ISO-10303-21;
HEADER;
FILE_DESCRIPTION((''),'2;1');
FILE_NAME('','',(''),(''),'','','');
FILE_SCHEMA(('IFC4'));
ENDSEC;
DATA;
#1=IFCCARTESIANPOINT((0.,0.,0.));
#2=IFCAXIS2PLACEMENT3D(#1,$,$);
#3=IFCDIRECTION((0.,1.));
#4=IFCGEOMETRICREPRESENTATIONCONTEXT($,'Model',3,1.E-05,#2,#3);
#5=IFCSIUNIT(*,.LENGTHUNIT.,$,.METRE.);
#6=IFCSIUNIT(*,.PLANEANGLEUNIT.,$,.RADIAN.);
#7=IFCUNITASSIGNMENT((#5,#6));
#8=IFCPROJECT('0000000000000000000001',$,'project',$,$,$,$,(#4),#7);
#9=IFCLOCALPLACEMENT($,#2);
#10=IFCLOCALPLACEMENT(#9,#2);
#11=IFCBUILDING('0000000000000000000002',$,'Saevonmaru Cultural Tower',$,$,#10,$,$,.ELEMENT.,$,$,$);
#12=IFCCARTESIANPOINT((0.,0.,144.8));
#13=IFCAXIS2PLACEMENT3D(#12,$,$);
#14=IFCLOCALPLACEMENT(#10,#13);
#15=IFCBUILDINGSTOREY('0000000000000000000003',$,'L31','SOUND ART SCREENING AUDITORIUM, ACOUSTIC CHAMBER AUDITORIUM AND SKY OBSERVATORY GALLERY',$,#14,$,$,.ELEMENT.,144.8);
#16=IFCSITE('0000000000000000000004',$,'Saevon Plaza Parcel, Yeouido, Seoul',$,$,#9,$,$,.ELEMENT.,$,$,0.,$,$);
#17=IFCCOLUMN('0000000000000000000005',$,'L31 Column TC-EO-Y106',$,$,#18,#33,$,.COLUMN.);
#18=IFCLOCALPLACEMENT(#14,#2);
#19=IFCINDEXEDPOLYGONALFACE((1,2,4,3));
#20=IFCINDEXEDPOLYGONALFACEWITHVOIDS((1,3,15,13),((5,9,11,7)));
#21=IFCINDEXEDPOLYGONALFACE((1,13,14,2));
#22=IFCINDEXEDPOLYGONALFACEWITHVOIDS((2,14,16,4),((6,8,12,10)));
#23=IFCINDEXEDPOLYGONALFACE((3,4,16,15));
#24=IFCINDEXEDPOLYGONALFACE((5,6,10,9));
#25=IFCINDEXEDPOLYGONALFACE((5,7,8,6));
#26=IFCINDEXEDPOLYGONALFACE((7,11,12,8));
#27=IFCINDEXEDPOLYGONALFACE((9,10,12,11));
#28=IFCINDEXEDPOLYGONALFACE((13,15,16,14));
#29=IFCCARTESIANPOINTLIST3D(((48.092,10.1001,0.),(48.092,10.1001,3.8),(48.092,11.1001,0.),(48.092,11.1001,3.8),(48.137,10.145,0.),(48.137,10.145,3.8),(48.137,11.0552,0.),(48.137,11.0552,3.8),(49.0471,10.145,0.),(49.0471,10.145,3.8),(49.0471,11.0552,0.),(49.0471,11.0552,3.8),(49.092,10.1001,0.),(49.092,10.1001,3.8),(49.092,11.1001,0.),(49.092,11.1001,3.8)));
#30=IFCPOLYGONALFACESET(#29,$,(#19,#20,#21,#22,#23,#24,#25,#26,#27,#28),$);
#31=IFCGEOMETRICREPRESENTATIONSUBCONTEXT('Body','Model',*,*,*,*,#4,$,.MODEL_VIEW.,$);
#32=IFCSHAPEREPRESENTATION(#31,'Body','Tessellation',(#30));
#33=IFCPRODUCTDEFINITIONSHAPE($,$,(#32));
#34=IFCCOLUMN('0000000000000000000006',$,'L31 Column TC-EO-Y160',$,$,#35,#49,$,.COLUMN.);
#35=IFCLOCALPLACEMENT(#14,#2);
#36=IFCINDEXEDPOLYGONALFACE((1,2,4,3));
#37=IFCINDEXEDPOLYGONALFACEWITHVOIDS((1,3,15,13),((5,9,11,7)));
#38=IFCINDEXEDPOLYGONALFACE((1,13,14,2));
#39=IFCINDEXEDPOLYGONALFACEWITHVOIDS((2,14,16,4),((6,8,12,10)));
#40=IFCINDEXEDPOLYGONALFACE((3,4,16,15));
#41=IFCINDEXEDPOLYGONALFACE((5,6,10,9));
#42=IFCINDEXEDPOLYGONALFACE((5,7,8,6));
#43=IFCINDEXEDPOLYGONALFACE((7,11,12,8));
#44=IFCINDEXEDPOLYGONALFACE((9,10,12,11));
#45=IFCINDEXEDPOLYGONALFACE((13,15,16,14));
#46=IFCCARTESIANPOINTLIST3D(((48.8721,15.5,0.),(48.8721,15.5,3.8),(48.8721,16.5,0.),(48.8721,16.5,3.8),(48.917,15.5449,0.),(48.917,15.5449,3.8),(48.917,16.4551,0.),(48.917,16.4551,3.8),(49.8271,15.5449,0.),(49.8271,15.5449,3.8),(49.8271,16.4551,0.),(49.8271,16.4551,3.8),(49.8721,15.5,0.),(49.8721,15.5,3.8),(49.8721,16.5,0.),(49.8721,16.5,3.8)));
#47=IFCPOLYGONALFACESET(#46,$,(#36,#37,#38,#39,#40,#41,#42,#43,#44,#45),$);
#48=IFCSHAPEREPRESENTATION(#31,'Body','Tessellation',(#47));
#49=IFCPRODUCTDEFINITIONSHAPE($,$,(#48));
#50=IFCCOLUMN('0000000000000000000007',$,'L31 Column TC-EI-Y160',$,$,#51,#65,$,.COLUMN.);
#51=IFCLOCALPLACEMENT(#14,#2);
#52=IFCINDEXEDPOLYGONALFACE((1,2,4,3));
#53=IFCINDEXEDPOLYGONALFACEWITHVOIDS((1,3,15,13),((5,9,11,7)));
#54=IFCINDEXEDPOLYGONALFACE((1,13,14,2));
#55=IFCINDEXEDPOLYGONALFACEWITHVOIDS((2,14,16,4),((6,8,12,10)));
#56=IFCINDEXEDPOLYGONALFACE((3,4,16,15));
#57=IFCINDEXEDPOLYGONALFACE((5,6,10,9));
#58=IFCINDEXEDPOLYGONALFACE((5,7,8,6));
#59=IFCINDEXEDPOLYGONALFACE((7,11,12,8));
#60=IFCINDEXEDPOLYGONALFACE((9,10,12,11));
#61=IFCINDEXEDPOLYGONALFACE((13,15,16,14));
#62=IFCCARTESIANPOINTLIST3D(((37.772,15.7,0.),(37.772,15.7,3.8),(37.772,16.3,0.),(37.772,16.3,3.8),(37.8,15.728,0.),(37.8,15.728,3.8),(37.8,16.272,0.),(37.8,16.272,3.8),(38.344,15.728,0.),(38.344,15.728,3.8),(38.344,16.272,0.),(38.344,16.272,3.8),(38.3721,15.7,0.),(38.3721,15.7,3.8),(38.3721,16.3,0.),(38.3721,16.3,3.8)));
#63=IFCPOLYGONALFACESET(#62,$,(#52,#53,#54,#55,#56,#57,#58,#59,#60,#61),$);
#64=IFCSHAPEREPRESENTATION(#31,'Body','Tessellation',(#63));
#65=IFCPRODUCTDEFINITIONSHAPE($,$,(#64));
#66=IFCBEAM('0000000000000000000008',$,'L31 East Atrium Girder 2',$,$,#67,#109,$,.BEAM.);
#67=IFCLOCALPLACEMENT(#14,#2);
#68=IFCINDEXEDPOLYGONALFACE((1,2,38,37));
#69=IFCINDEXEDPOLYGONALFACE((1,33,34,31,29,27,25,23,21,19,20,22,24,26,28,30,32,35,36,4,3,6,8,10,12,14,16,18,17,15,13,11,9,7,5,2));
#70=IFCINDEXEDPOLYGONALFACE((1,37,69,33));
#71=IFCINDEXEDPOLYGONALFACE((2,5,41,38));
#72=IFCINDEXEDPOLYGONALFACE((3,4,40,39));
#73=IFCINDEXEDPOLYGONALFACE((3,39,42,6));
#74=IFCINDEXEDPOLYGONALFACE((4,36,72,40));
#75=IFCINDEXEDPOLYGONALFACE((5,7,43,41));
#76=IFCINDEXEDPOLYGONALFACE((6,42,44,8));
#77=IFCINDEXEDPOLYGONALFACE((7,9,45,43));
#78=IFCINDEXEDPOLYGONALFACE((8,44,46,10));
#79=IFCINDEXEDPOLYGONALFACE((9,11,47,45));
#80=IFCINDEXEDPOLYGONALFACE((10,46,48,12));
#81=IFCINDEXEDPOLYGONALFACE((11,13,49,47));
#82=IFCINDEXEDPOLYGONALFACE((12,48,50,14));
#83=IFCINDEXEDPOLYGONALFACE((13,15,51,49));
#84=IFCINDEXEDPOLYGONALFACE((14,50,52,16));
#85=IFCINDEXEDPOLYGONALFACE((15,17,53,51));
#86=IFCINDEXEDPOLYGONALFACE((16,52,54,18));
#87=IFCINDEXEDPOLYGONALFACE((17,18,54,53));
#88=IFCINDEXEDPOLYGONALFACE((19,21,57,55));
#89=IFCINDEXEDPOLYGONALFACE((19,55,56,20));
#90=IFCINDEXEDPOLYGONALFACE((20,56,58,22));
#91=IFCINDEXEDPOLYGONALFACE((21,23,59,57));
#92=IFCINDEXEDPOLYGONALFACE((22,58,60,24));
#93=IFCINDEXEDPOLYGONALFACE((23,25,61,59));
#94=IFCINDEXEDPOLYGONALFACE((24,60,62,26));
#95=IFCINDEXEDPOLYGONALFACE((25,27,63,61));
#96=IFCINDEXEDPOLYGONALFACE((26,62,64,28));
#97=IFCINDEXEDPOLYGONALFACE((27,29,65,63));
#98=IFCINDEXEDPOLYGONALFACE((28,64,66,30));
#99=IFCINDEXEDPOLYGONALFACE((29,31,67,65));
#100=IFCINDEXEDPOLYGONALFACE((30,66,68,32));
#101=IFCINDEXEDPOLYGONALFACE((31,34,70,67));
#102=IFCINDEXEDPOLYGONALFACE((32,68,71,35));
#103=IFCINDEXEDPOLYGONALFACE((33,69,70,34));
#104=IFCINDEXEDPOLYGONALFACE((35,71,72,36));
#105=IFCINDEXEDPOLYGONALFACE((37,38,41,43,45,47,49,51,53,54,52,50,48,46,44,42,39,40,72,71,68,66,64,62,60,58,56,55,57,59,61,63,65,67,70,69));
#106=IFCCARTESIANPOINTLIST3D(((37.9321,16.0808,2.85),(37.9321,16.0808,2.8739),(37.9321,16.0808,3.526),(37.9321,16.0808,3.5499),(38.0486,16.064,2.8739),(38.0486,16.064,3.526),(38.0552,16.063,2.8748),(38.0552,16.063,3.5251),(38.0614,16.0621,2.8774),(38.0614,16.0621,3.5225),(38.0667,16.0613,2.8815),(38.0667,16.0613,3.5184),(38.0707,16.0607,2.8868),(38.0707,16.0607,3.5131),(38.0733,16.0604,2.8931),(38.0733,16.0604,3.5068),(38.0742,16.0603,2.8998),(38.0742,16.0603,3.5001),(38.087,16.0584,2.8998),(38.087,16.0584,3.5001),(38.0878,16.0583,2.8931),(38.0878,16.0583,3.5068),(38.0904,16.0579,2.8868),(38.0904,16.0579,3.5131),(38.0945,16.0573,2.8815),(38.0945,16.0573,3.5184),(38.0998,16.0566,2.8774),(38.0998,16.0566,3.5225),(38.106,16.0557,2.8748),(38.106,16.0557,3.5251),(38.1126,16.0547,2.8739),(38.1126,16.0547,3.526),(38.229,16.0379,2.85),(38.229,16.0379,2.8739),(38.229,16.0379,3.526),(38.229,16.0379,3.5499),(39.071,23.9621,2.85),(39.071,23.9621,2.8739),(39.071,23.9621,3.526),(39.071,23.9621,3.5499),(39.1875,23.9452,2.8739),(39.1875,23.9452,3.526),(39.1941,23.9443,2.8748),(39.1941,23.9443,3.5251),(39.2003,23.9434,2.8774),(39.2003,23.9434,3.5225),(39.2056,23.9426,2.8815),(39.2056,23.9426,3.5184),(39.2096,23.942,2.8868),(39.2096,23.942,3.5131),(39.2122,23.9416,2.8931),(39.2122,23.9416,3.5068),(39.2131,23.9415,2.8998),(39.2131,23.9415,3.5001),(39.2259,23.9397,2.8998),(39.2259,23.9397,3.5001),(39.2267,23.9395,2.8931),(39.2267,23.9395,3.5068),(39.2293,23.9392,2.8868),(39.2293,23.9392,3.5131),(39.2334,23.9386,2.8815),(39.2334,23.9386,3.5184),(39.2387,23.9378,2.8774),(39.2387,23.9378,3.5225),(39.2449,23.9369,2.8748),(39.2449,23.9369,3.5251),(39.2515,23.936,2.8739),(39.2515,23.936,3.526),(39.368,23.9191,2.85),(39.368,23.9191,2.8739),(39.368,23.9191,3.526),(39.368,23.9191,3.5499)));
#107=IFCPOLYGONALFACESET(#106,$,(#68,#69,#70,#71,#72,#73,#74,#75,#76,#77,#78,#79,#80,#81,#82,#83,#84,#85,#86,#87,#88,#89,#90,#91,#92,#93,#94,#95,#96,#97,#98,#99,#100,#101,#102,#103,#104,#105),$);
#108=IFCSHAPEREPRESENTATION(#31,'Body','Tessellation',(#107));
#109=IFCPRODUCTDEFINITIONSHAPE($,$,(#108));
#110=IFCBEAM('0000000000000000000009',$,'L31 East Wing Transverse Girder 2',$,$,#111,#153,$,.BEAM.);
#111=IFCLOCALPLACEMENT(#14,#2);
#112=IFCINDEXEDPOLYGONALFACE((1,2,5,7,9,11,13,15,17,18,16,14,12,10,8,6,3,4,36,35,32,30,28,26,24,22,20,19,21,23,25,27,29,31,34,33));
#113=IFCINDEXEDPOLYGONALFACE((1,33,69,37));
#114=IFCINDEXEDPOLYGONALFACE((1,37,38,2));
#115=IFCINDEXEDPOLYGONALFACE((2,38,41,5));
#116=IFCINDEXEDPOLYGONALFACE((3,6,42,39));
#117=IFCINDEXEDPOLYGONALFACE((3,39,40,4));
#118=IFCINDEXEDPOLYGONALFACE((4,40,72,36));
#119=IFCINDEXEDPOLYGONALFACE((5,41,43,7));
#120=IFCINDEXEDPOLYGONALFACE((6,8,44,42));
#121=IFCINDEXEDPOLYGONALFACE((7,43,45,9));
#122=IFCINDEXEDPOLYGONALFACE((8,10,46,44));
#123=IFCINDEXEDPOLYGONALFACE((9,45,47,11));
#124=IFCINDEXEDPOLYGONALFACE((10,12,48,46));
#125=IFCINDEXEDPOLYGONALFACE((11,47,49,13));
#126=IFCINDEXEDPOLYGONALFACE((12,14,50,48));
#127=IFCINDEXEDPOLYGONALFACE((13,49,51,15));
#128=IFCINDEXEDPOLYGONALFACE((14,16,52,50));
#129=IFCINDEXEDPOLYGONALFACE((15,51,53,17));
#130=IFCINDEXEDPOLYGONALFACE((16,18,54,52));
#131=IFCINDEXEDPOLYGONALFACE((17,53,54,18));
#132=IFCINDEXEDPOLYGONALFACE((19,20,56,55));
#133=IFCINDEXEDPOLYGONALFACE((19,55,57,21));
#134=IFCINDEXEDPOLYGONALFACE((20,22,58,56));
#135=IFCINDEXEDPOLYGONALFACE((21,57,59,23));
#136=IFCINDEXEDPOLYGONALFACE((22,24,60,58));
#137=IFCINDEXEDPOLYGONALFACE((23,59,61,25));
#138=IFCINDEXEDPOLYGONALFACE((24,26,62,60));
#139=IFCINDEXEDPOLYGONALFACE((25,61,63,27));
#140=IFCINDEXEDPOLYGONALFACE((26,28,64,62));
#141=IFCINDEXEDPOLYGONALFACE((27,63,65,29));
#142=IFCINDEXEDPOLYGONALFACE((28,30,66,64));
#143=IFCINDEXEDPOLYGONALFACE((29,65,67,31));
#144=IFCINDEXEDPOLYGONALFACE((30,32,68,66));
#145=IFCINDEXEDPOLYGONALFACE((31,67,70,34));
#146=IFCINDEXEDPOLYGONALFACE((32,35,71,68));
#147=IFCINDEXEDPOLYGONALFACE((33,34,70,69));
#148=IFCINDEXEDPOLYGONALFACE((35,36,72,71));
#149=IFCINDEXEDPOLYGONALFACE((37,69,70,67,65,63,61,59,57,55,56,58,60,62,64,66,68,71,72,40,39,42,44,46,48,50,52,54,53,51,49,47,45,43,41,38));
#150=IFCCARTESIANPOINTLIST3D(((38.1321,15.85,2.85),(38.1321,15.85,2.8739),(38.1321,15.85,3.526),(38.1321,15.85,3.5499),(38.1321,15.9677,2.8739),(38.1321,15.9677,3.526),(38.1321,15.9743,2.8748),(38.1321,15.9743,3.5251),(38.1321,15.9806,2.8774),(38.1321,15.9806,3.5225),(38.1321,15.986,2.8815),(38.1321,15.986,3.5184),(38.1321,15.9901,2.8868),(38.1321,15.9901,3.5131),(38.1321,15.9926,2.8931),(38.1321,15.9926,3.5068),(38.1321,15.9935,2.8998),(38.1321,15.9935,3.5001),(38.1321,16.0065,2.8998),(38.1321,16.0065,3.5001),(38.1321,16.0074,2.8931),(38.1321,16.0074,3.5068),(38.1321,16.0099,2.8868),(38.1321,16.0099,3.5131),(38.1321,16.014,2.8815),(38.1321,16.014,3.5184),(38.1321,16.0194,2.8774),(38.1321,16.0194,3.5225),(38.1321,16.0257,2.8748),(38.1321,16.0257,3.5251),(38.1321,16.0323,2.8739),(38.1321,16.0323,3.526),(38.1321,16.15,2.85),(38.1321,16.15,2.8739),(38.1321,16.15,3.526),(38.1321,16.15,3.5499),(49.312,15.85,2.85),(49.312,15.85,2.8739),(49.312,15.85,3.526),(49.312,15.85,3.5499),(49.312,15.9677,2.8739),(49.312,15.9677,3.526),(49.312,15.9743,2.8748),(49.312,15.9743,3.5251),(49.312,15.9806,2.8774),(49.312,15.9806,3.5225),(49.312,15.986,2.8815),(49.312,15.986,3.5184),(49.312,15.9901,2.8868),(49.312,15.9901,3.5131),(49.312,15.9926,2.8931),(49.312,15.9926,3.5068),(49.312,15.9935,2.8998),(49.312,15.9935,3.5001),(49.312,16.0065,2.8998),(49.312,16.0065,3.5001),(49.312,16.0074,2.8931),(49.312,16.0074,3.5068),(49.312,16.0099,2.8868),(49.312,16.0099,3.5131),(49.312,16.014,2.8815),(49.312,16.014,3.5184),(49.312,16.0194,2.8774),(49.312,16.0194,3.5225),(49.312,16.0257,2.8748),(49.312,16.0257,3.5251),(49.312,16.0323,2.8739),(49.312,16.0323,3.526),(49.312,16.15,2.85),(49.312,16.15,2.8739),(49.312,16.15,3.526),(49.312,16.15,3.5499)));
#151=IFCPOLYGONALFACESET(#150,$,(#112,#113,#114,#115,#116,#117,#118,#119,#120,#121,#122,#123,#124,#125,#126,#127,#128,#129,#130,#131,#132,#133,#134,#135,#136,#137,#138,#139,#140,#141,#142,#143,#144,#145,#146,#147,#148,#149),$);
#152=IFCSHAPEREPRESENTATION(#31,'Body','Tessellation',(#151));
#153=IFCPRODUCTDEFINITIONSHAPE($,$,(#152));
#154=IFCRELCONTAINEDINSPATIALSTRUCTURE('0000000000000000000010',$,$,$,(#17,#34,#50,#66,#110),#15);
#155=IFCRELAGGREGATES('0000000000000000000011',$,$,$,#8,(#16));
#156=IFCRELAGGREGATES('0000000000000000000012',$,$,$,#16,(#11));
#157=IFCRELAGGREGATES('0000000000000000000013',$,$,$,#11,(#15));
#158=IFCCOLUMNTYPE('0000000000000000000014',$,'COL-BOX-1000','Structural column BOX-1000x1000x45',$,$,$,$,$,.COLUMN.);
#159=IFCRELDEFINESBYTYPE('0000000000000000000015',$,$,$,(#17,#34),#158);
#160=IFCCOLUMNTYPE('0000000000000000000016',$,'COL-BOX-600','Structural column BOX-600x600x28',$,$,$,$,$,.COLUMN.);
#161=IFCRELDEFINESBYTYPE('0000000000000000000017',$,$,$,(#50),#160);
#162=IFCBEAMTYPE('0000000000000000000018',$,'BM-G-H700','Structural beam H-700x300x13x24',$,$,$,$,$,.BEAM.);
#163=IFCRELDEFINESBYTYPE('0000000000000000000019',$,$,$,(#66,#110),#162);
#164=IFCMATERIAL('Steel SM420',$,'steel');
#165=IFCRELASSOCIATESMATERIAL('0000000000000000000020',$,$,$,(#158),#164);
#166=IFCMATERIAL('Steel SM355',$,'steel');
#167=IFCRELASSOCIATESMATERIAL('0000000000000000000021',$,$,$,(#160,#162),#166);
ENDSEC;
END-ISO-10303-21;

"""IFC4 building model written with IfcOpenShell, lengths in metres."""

from ifc_helpers import new_model, si_unit, direction, frame, origin, origin_2d, place, context, subcontext, project, spatial, hollow_rectangle, i_section, extrude, material, material_profile, profile_set, type_object, element, save


model = new_model("IFC4")

# Units and contexts
model_context = context("Model", 3, precision=1e-05, world=origin(), true_north=direction((0.0, 1.0)))
body_context = subcontext(model_context, "Body", "Model", "MODEL_VIEW")
ifc_project = project(units=[si_unit("LENGTHUNIT", "METRE"), si_unit("PLANEANGLEUNIT", "RADIAN")], contexts=[model_context])

# Site, building, storey
site_placement = place(None, origin())
site = spatial("IfcSite", under=ifc_project, at=site_placement, Name="Saevon Plaza Parcel, Yeouido, Seoul", CompositionType="ELEMENT", RefElevation=0.0)
building_placement = place(site_placement, origin())
building = spatial("IfcBuilding", under=site, at=building_placement, Name="Saevonmaru Cultural Tower", CompositionType="ELEMENT")
storey_placement = place(building_placement, frame((0.0, 0.0, 144.8)))
storey = spatial("IfcBuildingStorey", under=building, at=storey_placement, Name="L31", Description="SOUND ART SCREENING AUDITORIUM, ACOUSTIC CHAMBER AUDITORIUM AND SKY OBSERVATORY GALLERY", CompositionType="ELEMENT", Elevation=144.8)

# Columns
ifc_material_1 = material(Name="Steel SM420", Category="steel")
ifc_material_profile_1 = material_profile(ifc_material_1, hollow_rectangle(XDim=1.0, YDim=1.0, WallThickness=0.0449, at=origin_2d()), Name="BOX-1000x1000x45")
ifc_profile_set_1 = profile_set([ifc_material_profile_1], Name="Steel SM420")
column_type_1 = type_object("IfcColumnType", Name="COL-BOX-1000", Description="Structural column BOX-1000x1000x45", PredefinedType="COLUMN", material=ifc_profile_set_1)
for number, where, z_axis, x_axis, name in (
    (1, (48.592, 10.6001, 0.0), (0.0, 0.0, 1.0), (1.0, 0.0, 0.0), "L31 Column TC-EO-Y106"),
    (2, (49.3721, 16.0, 0.0), (0.0, 0.0, 1.0), (1.0, 0.0, 0.0), "L31 Column TC-EO-Y160"),
):
    element("IfcColumn", number, at=place(storey_placement, frame(where, z_axis=z_axis, x_axis=x_axis)), inside=storey, type_object=column_type_1, Name=name, PredefinedType="COLUMN", context=body_context, shape_type="SweptSolid", body=[
        extrude(hollow_rectangle(XDim=1.0, YDim=1.0, WallThickness=0.0449, at=origin_2d()), origin(), (0.0, 0.0, 1.0), 3.8),
    ])
ifc_material_2 = material(Name="Steel SM355", Category="steel")
ifc_material_profile_2 = material_profile(ifc_material_2, hollow_rectangle(XDim=0.6001, YDim=0.6001, WallThickness=0.0281, at=origin_2d()), Name="BOX-600x600x28")
ifc_profile_set_2 = profile_set([ifc_material_profile_2], Name="Steel SM355")
column_type_2 = type_object("IfcColumnType", Name="COL-BOX-600", Description="Structural column BOX-600x600x28", PredefinedType="COLUMN", material=ifc_profile_set_2)
column_placement = place(storey_placement, frame((38.072, 16.0, 0.0), z_axis=(0.0, 0.0, 1.0), x_axis=(1.0, 0.0, 0.0)))
element("IfcColumn", 3, at=column_placement, inside=storey, type_object=column_type_2, Name="L31 Column TC-EI-Y160", PredefinedType="COLUMN", context=body_context, shape_type="SweptSolid", body=[
    extrude(hollow_rectangle(XDim=0.6001, YDim=0.6001, WallThickness=0.0281, at=origin_2d()), origin(), (0.0, 0.0, 1.0), 3.8),
])

# Beams
ifc_material_profile_3 = material_profile(ifc_material_2, i_section(OverallWidth=0.3, OverallDepth=0.7, WebThickness=0.0129, FlangeThickness=0.0239, FilletRadius=0.0259, at=origin_2d()), Name="H-700x300x13x24")
ifc_profile_set_3 = profile_set([ifc_material_profile_3], Name="Steel SM355")
beam_type_1 = type_object("IfcBeamType", Name="BM-G-H700", Description="Structural beam H-700x300x13x24", PredefinedType="BEAM", material=ifc_profile_set_3)
beam_1_placement = place(storey_placement, frame((38.0806, 16.0593, 3.2), z_axis=(0.143022, 0.989719, 0.0), x_axis=(-0.989719, 0.143022, 0.0)))
element("IfcBeam", 4, at=beam_1_placement, inside=storey, type_object=beam_type_1, Name="L31 East Atrium Girder 2", PredefinedType="BEAM", context=body_context, shape_type="SweptSolid", body=[
    extrude(i_section(OverallWidth=0.3, OverallDepth=0.7, WebThickness=0.0129, FlangeThickness=0.0239, FilletRadius=0.0259, at=origin_2d()), origin(), (0.0, 0.0, 1.0), 7.9631),
])
beam_2_placement = place(storey_placement, frame((38.1321, 16.0, 3.2), z_axis=(1.0, 0.0, 0.0), x_axis=(0.0, 1.0, 0.0)))
element("IfcBeam", 5, at=beam_2_placement, inside=storey, type_object=beam_type_1, Name="L31 East Wing Transverse Girder 2", PredefinedType="BEAM", context=body_context, shape_type="SweptSolid", body=[
    extrude(i_section(OverallWidth=0.3, OverallDepth=0.7, WebThickness=0.0129, FlangeThickness=0.0239, FilletRadius=0.0259, at=origin_2d()), origin(), (0.0, 0.0, 1.0), 11.1799),
])

save(model, "model.ifc")
